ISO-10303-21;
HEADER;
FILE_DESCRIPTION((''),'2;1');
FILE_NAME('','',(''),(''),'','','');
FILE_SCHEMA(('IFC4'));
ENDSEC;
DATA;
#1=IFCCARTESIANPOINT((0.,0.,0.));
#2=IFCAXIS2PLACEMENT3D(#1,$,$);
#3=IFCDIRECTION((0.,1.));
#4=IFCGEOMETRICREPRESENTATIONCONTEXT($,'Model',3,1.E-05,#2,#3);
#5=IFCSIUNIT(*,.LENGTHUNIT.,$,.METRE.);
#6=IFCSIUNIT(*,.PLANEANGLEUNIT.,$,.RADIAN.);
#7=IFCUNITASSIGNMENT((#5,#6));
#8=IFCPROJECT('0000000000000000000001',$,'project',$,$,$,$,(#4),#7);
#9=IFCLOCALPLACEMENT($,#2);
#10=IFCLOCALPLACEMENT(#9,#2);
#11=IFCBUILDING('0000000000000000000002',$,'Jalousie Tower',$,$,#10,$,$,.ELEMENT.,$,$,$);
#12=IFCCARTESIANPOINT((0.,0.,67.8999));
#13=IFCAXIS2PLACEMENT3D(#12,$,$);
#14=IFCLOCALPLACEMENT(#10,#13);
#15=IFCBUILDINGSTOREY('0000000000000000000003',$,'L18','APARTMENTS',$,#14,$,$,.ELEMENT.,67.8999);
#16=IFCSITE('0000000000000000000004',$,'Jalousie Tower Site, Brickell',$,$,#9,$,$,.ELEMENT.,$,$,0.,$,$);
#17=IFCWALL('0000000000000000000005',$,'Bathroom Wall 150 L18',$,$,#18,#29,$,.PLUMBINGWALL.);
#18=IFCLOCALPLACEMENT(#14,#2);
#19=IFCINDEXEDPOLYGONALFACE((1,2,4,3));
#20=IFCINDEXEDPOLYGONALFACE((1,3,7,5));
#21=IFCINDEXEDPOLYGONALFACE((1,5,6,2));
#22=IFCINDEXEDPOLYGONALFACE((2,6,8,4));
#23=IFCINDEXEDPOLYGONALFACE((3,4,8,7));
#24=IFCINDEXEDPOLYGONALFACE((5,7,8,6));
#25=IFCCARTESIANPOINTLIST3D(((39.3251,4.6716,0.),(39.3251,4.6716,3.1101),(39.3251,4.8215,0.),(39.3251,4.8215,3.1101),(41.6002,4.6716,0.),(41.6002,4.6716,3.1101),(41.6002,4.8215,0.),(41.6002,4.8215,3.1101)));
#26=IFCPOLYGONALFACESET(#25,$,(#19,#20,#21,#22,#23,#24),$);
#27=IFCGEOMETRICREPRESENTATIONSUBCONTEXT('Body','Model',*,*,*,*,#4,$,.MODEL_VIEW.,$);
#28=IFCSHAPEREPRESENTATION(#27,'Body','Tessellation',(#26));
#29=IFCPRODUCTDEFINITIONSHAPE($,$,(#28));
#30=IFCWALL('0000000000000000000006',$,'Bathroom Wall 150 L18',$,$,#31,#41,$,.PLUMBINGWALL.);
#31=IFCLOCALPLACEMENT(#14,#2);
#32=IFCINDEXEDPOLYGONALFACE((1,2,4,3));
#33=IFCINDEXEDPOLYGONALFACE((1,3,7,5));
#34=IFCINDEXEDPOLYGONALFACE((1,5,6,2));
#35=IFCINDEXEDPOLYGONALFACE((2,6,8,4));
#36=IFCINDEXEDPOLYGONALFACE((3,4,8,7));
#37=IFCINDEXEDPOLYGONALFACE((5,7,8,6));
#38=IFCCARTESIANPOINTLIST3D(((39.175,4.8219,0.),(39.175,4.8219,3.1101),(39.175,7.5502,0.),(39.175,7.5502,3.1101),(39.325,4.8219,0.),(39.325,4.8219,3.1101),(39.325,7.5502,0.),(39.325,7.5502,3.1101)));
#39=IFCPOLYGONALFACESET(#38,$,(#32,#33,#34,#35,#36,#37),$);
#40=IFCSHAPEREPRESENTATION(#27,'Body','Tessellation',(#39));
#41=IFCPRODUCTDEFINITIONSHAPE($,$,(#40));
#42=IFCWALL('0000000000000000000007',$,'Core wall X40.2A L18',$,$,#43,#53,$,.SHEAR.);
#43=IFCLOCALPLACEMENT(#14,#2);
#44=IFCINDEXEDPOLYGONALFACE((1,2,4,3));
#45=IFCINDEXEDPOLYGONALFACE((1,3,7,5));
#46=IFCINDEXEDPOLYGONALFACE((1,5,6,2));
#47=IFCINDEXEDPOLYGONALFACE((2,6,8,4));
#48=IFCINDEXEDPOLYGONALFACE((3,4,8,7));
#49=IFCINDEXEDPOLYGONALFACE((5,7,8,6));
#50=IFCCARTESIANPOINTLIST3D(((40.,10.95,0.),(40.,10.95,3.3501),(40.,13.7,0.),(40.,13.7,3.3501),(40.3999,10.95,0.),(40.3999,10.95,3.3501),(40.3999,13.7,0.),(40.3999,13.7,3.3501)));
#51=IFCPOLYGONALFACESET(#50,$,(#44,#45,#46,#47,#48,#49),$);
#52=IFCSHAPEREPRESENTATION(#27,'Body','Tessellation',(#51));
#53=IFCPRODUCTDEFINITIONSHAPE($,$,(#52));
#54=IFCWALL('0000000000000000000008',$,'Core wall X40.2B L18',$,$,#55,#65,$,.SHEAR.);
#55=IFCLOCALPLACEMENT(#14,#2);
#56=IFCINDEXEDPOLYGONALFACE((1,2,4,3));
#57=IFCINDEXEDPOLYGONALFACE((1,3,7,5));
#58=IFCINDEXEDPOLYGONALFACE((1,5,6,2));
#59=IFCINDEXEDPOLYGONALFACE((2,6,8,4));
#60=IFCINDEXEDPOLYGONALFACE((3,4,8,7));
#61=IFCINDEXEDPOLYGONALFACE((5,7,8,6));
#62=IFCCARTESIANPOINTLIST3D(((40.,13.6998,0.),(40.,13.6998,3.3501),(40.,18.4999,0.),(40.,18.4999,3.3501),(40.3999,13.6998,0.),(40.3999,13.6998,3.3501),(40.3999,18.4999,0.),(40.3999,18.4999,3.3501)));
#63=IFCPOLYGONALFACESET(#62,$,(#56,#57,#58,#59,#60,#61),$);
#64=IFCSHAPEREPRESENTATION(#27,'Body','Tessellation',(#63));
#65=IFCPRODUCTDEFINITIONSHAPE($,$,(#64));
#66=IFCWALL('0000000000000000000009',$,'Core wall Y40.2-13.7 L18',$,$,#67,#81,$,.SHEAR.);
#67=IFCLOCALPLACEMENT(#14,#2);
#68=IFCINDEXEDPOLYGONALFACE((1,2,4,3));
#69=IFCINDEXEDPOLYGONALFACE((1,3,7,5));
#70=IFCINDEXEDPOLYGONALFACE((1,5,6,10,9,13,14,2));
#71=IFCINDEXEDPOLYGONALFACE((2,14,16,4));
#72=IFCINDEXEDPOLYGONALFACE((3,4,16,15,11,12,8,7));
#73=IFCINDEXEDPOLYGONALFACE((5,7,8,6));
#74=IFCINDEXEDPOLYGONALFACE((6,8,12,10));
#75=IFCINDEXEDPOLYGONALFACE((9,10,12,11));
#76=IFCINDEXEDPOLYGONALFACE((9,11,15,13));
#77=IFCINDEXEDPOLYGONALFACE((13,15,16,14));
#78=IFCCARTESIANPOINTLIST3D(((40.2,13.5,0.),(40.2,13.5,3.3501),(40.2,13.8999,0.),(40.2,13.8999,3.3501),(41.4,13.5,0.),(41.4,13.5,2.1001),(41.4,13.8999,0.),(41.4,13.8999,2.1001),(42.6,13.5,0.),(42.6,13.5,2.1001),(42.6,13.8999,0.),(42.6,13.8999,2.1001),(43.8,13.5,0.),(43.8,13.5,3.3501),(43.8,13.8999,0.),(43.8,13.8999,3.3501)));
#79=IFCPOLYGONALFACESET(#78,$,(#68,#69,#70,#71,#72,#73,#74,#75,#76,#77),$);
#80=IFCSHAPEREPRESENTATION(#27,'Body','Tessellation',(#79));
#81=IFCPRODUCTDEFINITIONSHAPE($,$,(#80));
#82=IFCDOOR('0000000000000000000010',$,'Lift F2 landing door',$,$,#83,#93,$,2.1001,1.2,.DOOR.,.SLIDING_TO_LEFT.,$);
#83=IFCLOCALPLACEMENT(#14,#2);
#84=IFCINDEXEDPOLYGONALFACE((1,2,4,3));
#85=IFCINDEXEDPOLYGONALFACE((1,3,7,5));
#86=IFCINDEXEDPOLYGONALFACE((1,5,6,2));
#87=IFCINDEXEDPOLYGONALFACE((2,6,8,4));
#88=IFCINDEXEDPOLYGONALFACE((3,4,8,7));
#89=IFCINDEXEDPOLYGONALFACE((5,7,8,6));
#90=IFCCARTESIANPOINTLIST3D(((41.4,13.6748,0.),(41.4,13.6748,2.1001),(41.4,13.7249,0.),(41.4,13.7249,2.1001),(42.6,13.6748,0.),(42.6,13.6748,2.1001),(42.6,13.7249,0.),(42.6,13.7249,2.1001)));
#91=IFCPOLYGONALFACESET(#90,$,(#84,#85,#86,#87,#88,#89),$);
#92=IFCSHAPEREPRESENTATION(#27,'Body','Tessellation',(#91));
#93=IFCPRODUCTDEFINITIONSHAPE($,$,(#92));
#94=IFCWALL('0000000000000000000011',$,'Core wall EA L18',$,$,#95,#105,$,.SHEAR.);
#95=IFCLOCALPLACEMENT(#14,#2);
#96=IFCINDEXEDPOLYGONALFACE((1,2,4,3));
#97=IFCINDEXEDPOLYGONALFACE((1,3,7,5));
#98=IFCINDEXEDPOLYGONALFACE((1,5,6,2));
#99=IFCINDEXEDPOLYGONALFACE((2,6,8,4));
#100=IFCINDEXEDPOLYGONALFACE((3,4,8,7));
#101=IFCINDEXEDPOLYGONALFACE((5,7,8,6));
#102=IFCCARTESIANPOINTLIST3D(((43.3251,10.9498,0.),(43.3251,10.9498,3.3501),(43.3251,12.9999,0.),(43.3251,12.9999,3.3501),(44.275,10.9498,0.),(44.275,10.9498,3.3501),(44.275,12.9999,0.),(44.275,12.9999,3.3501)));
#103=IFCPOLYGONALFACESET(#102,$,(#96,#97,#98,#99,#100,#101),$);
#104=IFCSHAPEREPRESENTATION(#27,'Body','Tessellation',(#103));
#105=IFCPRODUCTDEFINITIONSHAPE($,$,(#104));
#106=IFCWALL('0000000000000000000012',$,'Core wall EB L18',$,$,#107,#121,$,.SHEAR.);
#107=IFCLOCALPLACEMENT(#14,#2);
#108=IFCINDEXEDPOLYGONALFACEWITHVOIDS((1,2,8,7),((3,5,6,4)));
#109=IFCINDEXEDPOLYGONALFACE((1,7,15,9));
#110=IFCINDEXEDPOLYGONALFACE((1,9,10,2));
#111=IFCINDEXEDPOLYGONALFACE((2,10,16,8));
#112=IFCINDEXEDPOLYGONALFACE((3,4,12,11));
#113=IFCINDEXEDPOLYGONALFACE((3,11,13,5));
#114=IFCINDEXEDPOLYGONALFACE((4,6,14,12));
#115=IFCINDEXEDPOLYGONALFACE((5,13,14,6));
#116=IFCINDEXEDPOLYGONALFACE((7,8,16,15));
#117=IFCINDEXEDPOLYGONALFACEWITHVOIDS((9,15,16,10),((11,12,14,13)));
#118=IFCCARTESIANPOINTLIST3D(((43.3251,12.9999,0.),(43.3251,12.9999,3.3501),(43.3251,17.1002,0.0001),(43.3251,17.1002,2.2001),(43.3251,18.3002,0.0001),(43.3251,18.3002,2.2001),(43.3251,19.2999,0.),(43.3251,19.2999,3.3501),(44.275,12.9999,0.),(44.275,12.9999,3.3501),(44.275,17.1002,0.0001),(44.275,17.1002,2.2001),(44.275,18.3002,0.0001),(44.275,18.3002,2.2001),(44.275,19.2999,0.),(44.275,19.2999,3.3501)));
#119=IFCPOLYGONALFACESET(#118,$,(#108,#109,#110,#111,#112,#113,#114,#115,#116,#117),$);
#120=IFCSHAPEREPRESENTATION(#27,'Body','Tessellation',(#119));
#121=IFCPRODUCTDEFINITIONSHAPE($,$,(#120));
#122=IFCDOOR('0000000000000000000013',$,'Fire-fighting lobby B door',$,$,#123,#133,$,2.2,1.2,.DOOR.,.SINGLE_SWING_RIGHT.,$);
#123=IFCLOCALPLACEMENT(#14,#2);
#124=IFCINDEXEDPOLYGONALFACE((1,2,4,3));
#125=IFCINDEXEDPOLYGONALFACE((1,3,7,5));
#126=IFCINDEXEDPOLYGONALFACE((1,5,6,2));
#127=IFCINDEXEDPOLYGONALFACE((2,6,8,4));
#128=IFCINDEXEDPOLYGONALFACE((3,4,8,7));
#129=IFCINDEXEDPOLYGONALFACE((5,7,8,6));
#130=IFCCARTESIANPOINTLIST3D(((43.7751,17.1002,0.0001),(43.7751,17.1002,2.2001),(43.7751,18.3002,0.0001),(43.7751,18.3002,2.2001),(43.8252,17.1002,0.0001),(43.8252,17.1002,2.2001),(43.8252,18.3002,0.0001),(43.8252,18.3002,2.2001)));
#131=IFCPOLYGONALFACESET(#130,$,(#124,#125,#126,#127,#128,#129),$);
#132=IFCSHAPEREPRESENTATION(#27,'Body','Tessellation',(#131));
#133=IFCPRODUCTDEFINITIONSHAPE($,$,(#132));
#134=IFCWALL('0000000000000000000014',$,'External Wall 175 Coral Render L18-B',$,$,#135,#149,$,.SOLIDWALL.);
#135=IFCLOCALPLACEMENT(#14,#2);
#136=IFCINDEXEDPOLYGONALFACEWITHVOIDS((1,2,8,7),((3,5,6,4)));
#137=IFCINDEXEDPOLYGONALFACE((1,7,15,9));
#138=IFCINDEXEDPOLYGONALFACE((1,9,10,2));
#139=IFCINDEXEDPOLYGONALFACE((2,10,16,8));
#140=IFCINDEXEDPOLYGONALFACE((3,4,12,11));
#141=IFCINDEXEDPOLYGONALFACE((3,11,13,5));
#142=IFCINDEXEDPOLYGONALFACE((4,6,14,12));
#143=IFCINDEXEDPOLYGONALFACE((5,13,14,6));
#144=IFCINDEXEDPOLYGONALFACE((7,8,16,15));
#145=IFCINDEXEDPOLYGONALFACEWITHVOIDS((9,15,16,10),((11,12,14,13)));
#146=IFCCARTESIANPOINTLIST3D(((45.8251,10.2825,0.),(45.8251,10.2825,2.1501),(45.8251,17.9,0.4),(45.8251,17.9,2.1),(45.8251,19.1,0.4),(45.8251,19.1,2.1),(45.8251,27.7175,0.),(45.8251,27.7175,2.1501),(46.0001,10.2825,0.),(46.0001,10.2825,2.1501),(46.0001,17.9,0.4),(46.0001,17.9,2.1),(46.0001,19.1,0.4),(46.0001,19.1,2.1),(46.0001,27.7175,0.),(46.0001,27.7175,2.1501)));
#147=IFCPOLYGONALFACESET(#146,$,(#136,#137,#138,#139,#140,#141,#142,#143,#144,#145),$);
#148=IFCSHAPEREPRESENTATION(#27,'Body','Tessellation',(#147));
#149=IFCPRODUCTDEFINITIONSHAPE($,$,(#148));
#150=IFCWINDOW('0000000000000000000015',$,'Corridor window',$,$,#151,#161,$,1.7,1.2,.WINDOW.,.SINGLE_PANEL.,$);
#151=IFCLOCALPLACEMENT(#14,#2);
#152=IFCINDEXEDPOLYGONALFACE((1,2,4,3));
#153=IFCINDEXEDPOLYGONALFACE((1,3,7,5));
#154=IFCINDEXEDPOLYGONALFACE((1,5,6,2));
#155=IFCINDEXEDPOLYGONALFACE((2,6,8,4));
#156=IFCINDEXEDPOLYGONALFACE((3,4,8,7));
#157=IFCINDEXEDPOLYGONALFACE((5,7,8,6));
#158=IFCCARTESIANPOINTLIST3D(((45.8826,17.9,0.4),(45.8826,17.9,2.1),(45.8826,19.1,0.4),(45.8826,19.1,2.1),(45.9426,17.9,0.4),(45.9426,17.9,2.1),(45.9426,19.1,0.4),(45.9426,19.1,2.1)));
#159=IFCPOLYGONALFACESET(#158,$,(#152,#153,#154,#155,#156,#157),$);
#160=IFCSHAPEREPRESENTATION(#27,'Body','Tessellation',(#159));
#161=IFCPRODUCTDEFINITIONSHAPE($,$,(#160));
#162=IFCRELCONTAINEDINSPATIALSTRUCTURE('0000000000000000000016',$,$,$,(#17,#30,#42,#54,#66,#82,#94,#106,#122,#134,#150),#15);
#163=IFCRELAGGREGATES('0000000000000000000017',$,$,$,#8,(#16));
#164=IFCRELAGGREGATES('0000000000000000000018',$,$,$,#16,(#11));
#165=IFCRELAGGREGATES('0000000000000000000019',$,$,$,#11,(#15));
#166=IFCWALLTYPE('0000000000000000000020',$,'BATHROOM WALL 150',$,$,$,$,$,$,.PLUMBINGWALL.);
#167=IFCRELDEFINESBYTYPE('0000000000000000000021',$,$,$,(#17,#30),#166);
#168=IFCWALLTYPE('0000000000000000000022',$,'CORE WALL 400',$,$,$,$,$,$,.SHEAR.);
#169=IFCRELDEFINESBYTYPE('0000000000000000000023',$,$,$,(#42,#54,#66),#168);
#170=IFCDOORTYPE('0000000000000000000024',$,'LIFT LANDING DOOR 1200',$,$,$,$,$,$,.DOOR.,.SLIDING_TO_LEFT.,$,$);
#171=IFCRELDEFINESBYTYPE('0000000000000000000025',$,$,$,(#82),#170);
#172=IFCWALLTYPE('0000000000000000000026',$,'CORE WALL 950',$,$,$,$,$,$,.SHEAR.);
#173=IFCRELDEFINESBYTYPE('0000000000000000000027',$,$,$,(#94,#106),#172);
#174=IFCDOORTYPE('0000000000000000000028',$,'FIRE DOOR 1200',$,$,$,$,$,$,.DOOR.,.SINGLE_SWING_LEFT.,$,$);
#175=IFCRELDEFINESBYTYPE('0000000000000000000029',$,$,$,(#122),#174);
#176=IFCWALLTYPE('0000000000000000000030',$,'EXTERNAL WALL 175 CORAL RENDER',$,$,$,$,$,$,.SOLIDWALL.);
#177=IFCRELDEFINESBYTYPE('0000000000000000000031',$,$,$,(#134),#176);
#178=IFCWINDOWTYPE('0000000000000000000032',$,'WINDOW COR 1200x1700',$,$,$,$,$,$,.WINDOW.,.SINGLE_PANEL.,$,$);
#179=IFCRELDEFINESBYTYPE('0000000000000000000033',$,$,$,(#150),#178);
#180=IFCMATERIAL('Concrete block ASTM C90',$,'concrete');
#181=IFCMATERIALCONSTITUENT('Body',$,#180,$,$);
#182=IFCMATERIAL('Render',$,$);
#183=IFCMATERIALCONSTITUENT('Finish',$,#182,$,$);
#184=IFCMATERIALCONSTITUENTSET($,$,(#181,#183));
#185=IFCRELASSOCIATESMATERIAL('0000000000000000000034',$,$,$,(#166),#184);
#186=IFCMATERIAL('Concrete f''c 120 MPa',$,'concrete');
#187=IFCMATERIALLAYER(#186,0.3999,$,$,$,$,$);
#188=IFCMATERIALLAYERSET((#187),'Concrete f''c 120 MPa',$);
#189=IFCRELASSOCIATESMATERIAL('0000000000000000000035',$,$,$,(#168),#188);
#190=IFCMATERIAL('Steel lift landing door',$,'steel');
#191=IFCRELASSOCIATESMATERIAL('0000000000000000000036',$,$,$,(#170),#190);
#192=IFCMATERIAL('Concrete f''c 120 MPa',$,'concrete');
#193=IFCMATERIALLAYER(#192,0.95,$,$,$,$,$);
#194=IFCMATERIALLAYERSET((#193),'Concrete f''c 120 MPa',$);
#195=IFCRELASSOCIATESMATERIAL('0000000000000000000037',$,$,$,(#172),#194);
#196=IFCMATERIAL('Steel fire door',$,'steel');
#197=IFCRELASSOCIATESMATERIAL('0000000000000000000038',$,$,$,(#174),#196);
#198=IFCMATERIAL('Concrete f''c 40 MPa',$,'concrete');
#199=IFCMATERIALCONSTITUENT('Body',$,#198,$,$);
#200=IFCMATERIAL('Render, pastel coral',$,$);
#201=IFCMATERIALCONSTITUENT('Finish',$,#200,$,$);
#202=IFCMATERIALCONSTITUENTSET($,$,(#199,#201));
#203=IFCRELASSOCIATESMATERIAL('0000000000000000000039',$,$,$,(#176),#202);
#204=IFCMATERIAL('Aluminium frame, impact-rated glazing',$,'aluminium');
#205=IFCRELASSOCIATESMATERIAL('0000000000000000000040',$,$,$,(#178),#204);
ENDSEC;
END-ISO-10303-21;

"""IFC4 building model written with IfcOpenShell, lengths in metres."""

from ifc_helpers import new_model, si_unit, direction, frame, frame_2d, origin, place, context, subcontext, project, spatial, rectangle, extrude, material, layer, layer_set, constituent, constituent_set, type_object, element, fill, save


model = new_model("IFC4")

# Units and contexts
model_context = context("Model", 3, precision=1e-05, world=origin(), true_north=direction((0.0, 1.0)))
body_context = subcontext(model_context, "Body", "Model", "MODEL_VIEW")
ifc_project = project(units=[si_unit("LENGTHUNIT", "METRE"), si_unit("PLANEANGLEUNIT", "RADIAN")], contexts=[model_context])

# Site, building, storey
site_placement = place(None, origin())
site = spatial("IfcSite", under=ifc_project, at=site_placement, Name="Jalousie Tower Site, Brickell", CompositionType="ELEMENT", RefElevation=0.0)
building_placement = place(site_placement, origin())
building = spatial("IfcBuilding", under=site, at=building_placement, Name="Jalousie Tower", CompositionType="ELEMENT")
storey_placement = place(building_placement, frame((0.0, 0.0, 67.8999)))
storey = spatial("IfcBuildingStorey", under=building, at=storey_placement, Name="L18", Description="APARTMENTS", CompositionType="ELEMENT", Elevation=67.8999)

# Walls
ifc_material_1 = material(Name="Concrete block ASTM C90", Category="concrete")
ifc_constituent_1 = constituent(ifc_material_1, Name="Body")
ifc_material_2 = material(Name="Render")
ifc_constituent_2 = constituent(ifc_material_2, Name="Finish")
ifc_constituent_set_1 = constituent_set(constituents=[ifc_constituent_1, ifc_constituent_2])
wall_type_1 = type_object("IfcWallType", Name="BATHROOM WALL 150", PredefinedType="PLUMBINGWALL", material=ifc_constituent_set_1)
wall_1_placement = place(storey_placement, frame((39.325, 4.7466, 0.0), z_axis=(0.0, 0.0, 1.0), x_axis=(1.0, 0.0, 0.0)))
element("IfcWall", 1, at=wall_1_placement, inside=storey, type_object=wall_type_1, Name="Bathroom Wall 150 L18", PredefinedType="PLUMBINGWALL", context=body_context, shape_type="SweptSolid", body=[
    extrude(rectangle(XDim=2.2751, YDim=0.1499, at=frame_2d((1.1377, 0.0))), origin(), (0.0, 0.0, 1.0), 3.1101),
])
wall_2_placement = place(storey_placement, frame((39.25, 4.8218, 0.0), z_axis=(0.0, 0.0, 1.0), x_axis=(0.0, 1.0, 0.0)))
element("IfcWall", 2, at=wall_2_placement, inside=storey, type_object=wall_type_1, Name="Bathroom Wall 150 L18", PredefinedType="PLUMBINGWALL", context=body_context, shape_type="SweptSolid", body=[
    extrude(rectangle(XDim=2.7283, YDim=0.1499, at=frame_2d((1.3643, 0.0))), origin(), (0.0, 0.0, 1.0), 3.1101),
])
ifc_material_3 = material(Name="Concrete f'c 120 MPa", Category="concrete")
ifc_layer_1 = layer(ifc_material_3, 0.3999)
ifc_layer_set_1 = layer_set([ifc_layer_1], Name="Concrete f'c 120 MPa")
wall_type_2 = type_object("IfcWallType", Name="CORE WALL 400", PredefinedType="SHEAR", material=ifc_layer_set_1)
wall_3_placement = place(storey_placement, frame((40.2, 10.95, 0.0), z_axis=(0.0, 0.0, 1.0), x_axis=(0.0, 1.0, 0.0)))
element("IfcWall", 3, at=wall_3_placement, inside=storey, type_object=wall_type_2, Name="Core wall X40.2A L18", PredefinedType="SHEAR", context=body_context, shape_type="SweptSolid", body=[
    extrude(rectangle(XDim=2.75, YDim=0.3999, at=frame_2d((1.375, 0.0))), origin(), (0.0, 0.0, 1.0), 3.3501),
])
wall_4_placement = place(storey_placement, frame((40.2, 13.7, 0.0), z_axis=(0.0, 0.0, 1.0), x_axis=(0.0, 1.0, 0.0)))
element("IfcWall", 4, at=wall_4_placement, inside=storey, type_object=wall_type_2, Name="Core wall X40.2B L18", PredefinedType="SHEAR", context=body_context, shape_type="SweptSolid", body=[
    extrude(rectangle(XDim=4.8, YDim=0.3999, at=frame_2d((2.3999, 0.0))), origin(), (0.0, 0.0, 1.0), 3.3501),
])

# Wall, opening, door
wall_5_placement = place(storey_placement, frame((40.2, 13.7, 0.0), z_axis=(0.0, 0.0, 1.0), x_axis=(1.0, 0.0, 0.0)))
wall_5 = element("IfcWall", 5, at=wall_5_placement, inside=storey, type_object=wall_type_2, Name="Core wall Y40.2-13.7 L18", PredefinedType="SHEAR", context=body_context, shape_type="SweptSolid", body=[
    extrude(rectangle(XDim=3.6001, YDim=0.3999, at=frame_2d((1.8, 0.0))), origin(), (0.0, 0.0, 1.0), 3.3501),
])
opening_1_placement = place(wall_5_placement, frame((1.2, 0.0, 0.0)))
opening_1 = element("IfcOpeningElement", 6, at=opening_1_placement, cuts=wall_5, PredefinedType="OPENING", context=body_context, shape_type="SweptSolid", body=[
    extrude(rectangle(XDim=1.2, YDim=2.1001, at=frame_2d((0.6001, 1.05))), frame((0.0, 0.21, 0.0), z_axis=(0.0, -1.0, 0.0), x_axis=(1.0, 0.0, 0.0)), (0.0, 0.0, 1.0), 0.4199),
])
ifc_material_4 = material(Name="Steel lift landing door", Category="steel")
door_type_1 = type_object("IfcDoorType", Name="LIFT LANDING DOOR 1200", OperationType="SLIDING_TO_LEFT", PredefinedType="DOOR", material=ifc_material_4)
door_1_placement = place(opening_1_placement, origin())
door_1 = element("IfcDoor", 7, at=door_1_placement, inside=storey, type_object=door_type_1, Name="Lift F2 landing door", OperationType="SLIDING_TO_LEFT", OverallHeight=2.1001, OverallWidth=1.2, PredefinedType="DOOR", context=body_context, shape_type="SweptSolid", body=[
    extrude(rectangle(XDim=1.2, YDim=2.1001, at=frame_2d((0.6001, 1.05))), frame((0.0, 0.0249, 0.0), z_axis=(0.0, -1.0, 0.0), x_axis=(1.0, 0.0, 0.0)), (0.0, 0.0, 1.0), 0.05),
])
fill(opening_1, door_1)

# Wall
ifc_material_5 = material(Name="Concrete f'c 120 MPa", Category="concrete")
ifc_layer_2 = layer(ifc_material_5, 0.95)
ifc_layer_set_2 = layer_set([ifc_layer_2], Name="Concrete f'c 120 MPa")
wall_type_3 = type_object("IfcWallType", Name="CORE WALL 950", PredefinedType="SHEAR", material=ifc_layer_set_2)
wall_6_placement = place(storey_placement, frame((43.8, 10.95, 0.0), z_axis=(0.0, 0.0, 1.0), x_axis=(0.0, 1.0, 0.0)))
element("IfcWall", 8, at=wall_6_placement, inside=storey, type_object=wall_type_3, Name="Core wall EA L18", PredefinedType="SHEAR", context=body_context, shape_type="SweptSolid", body=[
    extrude(rectangle(XDim=2.05, YDim=0.95, at=frame_2d((1.0249, 0.0))), origin(), (0.0, 0.0, 1.0), 3.3501),
])

# Wall, opening, door
wall_7_placement = place(storey_placement, frame((43.8, 13.0, 0.0), z_axis=(0.0, 0.0, 1.0), x_axis=(0.0, 1.0, 0.0)))
wall_7 = element("IfcWall", 9, at=wall_7_placement, inside=storey, type_object=wall_type_3, Name="Core wall EB L18", PredefinedType="SHEAR", context=body_context, shape_type="SweptSolid", body=[
    extrude(rectangle(XDim=6.3, YDim=0.95, at=frame_2d((3.1499, 0.0))), origin(), (0.0, 0.0, 1.0), 3.3501),
])
opening_2_placement = place(wall_7_placement, frame((4.1001, 0.0, 0.0)))
opening_2 = element("IfcOpeningElement", 10, at=opening_2_placement, cuts=wall_7, PredefinedType="OPENING", context=body_context, shape_type="SweptSolid", body=[
    extrude(rectangle(XDim=1.2, YDim=2.2, at=frame_2d((0.6001, 1.1001))), frame((0.0, 0.4849, 0.0), z_axis=(0.0, -1.0, 0.0), x_axis=(1.0, 0.0, 0.0)), (0.0, 0.0, 1.0), 0.97),
])
ifc_material_6 = material(Name="Steel fire door", Category="steel")
door_type_2 = type_object("IfcDoorType", Name="FIRE DOOR 1200", OperationType="SINGLE_SWING_LEFT", PredefinedType="DOOR", material=ifc_material_6)
door_2_placement = place(opening_2_placement, origin())
door_2 = element("IfcDoor", 11, at=door_2_placement, inside=storey, type_object=door_type_2, Name="Fire-fighting lobby B door", OperationType="SINGLE_SWING_RIGHT", OverallHeight=2.2, OverallWidth=1.2, PredefinedType="DOOR", context=body_context, shape_type="SweptSolid", body=[
    extrude(rectangle(XDim=1.2, YDim=2.2, at=frame_2d((0.6001, 1.1001))), frame((0.0, 0.0249, 0.0), z_axis=(0.0, -1.0, 0.0), x_axis=(1.0, 0.0, 0.0)), (0.0, 0.0, 1.0), 0.05),
])
fill(opening_2, door_2)

# Wall, opening, window
ifc_material_7 = material(Name="Concrete f'c 40 MPa", Category="concrete")
ifc_constituent_3 = constituent(ifc_material_7, Name="Body")
ifc_material_8 = material(Name="Render, pastel coral")
ifc_constituent_4 = constituent(ifc_material_8, Name="Finish")
ifc_constituent_set_2 = constituent_set(constituents=[ifc_constituent_3, ifc_constituent_4])
wall_type_4 = type_object("IfcWallType", Name="EXTERNAL WALL 175 CORAL RENDER", PredefinedType="SOLIDWALL", material=ifc_constituent_set_2)
wall_8_placement = place(storey_placement, frame((45.9126, 10.2825, 0.0), z_axis=(0.0, 0.0, 1.0), x_axis=(0.0, 1.0, 0.0)))
wall_8 = element("IfcWall", 12, at=wall_8_placement, inside=storey, type_object=wall_type_4, Name="External Wall 175 Coral Render L18-B", PredefinedType="SOLIDWALL", context=body_context, shape_type="SweptSolid", body=[
    extrude(rectangle(XDim=17.4351, YDim=0.175, at=frame_2d((8.7175, 0.0))), origin(), (0.0, 0.0, 1.0), 2.1501),
])
opening_3_placement = place(wall_8_placement, frame((7.6174, 0.0, 0.3999)))
opening_3 = element("IfcOpeningElement", 13, at=opening_3_placement, cuts=wall_8, PredefinedType="OPENING", context=body_context, shape_type="SweptSolid", body=[
    extrude(rectangle(XDim=1.2, YDim=1.7, at=frame_2d((0.6001, 0.8501))), frame((0.0, 0.0974, 0.0), z_axis=(0.0, -1.0, 0.0), x_axis=(1.0, 0.0, 0.0)), (0.0, 0.0, 1.0), 0.1951),
])
ifc_material_9 = material(Name="Aluminium frame, impact-rated glazing", Category="aluminium")
window_type = type_object("IfcWindowType", Name="WINDOW COR 1200x1700", PartitioningType="SINGLE_PANEL", PredefinedType="WINDOW", material=ifc_material_9)
window_placement = place(opening_3_placement, origin())
window = element("IfcWindow", 14, at=window_placement, inside=storey, type_object=window_type, Name="Corridor window", OverallHeight=1.7, OverallWidth=1.2, PartitioningType="SINGLE_PANEL", PredefinedType="WINDOW", context=body_context, shape_type="SweptSolid", body=[
    extrude(rectangle(XDim=1.2, YDim=1.7, at=frame_2d((0.6001, 0.8501))), frame((0.0, 0.03, 0.0), z_axis=(0.0, -1.0, 0.0), x_axis=(1.0, 0.0, 0.0)), (0.0, 0.0, 1.0), 0.0601),
])
fill(opening_3, window)

save(model, "model.ifc")
